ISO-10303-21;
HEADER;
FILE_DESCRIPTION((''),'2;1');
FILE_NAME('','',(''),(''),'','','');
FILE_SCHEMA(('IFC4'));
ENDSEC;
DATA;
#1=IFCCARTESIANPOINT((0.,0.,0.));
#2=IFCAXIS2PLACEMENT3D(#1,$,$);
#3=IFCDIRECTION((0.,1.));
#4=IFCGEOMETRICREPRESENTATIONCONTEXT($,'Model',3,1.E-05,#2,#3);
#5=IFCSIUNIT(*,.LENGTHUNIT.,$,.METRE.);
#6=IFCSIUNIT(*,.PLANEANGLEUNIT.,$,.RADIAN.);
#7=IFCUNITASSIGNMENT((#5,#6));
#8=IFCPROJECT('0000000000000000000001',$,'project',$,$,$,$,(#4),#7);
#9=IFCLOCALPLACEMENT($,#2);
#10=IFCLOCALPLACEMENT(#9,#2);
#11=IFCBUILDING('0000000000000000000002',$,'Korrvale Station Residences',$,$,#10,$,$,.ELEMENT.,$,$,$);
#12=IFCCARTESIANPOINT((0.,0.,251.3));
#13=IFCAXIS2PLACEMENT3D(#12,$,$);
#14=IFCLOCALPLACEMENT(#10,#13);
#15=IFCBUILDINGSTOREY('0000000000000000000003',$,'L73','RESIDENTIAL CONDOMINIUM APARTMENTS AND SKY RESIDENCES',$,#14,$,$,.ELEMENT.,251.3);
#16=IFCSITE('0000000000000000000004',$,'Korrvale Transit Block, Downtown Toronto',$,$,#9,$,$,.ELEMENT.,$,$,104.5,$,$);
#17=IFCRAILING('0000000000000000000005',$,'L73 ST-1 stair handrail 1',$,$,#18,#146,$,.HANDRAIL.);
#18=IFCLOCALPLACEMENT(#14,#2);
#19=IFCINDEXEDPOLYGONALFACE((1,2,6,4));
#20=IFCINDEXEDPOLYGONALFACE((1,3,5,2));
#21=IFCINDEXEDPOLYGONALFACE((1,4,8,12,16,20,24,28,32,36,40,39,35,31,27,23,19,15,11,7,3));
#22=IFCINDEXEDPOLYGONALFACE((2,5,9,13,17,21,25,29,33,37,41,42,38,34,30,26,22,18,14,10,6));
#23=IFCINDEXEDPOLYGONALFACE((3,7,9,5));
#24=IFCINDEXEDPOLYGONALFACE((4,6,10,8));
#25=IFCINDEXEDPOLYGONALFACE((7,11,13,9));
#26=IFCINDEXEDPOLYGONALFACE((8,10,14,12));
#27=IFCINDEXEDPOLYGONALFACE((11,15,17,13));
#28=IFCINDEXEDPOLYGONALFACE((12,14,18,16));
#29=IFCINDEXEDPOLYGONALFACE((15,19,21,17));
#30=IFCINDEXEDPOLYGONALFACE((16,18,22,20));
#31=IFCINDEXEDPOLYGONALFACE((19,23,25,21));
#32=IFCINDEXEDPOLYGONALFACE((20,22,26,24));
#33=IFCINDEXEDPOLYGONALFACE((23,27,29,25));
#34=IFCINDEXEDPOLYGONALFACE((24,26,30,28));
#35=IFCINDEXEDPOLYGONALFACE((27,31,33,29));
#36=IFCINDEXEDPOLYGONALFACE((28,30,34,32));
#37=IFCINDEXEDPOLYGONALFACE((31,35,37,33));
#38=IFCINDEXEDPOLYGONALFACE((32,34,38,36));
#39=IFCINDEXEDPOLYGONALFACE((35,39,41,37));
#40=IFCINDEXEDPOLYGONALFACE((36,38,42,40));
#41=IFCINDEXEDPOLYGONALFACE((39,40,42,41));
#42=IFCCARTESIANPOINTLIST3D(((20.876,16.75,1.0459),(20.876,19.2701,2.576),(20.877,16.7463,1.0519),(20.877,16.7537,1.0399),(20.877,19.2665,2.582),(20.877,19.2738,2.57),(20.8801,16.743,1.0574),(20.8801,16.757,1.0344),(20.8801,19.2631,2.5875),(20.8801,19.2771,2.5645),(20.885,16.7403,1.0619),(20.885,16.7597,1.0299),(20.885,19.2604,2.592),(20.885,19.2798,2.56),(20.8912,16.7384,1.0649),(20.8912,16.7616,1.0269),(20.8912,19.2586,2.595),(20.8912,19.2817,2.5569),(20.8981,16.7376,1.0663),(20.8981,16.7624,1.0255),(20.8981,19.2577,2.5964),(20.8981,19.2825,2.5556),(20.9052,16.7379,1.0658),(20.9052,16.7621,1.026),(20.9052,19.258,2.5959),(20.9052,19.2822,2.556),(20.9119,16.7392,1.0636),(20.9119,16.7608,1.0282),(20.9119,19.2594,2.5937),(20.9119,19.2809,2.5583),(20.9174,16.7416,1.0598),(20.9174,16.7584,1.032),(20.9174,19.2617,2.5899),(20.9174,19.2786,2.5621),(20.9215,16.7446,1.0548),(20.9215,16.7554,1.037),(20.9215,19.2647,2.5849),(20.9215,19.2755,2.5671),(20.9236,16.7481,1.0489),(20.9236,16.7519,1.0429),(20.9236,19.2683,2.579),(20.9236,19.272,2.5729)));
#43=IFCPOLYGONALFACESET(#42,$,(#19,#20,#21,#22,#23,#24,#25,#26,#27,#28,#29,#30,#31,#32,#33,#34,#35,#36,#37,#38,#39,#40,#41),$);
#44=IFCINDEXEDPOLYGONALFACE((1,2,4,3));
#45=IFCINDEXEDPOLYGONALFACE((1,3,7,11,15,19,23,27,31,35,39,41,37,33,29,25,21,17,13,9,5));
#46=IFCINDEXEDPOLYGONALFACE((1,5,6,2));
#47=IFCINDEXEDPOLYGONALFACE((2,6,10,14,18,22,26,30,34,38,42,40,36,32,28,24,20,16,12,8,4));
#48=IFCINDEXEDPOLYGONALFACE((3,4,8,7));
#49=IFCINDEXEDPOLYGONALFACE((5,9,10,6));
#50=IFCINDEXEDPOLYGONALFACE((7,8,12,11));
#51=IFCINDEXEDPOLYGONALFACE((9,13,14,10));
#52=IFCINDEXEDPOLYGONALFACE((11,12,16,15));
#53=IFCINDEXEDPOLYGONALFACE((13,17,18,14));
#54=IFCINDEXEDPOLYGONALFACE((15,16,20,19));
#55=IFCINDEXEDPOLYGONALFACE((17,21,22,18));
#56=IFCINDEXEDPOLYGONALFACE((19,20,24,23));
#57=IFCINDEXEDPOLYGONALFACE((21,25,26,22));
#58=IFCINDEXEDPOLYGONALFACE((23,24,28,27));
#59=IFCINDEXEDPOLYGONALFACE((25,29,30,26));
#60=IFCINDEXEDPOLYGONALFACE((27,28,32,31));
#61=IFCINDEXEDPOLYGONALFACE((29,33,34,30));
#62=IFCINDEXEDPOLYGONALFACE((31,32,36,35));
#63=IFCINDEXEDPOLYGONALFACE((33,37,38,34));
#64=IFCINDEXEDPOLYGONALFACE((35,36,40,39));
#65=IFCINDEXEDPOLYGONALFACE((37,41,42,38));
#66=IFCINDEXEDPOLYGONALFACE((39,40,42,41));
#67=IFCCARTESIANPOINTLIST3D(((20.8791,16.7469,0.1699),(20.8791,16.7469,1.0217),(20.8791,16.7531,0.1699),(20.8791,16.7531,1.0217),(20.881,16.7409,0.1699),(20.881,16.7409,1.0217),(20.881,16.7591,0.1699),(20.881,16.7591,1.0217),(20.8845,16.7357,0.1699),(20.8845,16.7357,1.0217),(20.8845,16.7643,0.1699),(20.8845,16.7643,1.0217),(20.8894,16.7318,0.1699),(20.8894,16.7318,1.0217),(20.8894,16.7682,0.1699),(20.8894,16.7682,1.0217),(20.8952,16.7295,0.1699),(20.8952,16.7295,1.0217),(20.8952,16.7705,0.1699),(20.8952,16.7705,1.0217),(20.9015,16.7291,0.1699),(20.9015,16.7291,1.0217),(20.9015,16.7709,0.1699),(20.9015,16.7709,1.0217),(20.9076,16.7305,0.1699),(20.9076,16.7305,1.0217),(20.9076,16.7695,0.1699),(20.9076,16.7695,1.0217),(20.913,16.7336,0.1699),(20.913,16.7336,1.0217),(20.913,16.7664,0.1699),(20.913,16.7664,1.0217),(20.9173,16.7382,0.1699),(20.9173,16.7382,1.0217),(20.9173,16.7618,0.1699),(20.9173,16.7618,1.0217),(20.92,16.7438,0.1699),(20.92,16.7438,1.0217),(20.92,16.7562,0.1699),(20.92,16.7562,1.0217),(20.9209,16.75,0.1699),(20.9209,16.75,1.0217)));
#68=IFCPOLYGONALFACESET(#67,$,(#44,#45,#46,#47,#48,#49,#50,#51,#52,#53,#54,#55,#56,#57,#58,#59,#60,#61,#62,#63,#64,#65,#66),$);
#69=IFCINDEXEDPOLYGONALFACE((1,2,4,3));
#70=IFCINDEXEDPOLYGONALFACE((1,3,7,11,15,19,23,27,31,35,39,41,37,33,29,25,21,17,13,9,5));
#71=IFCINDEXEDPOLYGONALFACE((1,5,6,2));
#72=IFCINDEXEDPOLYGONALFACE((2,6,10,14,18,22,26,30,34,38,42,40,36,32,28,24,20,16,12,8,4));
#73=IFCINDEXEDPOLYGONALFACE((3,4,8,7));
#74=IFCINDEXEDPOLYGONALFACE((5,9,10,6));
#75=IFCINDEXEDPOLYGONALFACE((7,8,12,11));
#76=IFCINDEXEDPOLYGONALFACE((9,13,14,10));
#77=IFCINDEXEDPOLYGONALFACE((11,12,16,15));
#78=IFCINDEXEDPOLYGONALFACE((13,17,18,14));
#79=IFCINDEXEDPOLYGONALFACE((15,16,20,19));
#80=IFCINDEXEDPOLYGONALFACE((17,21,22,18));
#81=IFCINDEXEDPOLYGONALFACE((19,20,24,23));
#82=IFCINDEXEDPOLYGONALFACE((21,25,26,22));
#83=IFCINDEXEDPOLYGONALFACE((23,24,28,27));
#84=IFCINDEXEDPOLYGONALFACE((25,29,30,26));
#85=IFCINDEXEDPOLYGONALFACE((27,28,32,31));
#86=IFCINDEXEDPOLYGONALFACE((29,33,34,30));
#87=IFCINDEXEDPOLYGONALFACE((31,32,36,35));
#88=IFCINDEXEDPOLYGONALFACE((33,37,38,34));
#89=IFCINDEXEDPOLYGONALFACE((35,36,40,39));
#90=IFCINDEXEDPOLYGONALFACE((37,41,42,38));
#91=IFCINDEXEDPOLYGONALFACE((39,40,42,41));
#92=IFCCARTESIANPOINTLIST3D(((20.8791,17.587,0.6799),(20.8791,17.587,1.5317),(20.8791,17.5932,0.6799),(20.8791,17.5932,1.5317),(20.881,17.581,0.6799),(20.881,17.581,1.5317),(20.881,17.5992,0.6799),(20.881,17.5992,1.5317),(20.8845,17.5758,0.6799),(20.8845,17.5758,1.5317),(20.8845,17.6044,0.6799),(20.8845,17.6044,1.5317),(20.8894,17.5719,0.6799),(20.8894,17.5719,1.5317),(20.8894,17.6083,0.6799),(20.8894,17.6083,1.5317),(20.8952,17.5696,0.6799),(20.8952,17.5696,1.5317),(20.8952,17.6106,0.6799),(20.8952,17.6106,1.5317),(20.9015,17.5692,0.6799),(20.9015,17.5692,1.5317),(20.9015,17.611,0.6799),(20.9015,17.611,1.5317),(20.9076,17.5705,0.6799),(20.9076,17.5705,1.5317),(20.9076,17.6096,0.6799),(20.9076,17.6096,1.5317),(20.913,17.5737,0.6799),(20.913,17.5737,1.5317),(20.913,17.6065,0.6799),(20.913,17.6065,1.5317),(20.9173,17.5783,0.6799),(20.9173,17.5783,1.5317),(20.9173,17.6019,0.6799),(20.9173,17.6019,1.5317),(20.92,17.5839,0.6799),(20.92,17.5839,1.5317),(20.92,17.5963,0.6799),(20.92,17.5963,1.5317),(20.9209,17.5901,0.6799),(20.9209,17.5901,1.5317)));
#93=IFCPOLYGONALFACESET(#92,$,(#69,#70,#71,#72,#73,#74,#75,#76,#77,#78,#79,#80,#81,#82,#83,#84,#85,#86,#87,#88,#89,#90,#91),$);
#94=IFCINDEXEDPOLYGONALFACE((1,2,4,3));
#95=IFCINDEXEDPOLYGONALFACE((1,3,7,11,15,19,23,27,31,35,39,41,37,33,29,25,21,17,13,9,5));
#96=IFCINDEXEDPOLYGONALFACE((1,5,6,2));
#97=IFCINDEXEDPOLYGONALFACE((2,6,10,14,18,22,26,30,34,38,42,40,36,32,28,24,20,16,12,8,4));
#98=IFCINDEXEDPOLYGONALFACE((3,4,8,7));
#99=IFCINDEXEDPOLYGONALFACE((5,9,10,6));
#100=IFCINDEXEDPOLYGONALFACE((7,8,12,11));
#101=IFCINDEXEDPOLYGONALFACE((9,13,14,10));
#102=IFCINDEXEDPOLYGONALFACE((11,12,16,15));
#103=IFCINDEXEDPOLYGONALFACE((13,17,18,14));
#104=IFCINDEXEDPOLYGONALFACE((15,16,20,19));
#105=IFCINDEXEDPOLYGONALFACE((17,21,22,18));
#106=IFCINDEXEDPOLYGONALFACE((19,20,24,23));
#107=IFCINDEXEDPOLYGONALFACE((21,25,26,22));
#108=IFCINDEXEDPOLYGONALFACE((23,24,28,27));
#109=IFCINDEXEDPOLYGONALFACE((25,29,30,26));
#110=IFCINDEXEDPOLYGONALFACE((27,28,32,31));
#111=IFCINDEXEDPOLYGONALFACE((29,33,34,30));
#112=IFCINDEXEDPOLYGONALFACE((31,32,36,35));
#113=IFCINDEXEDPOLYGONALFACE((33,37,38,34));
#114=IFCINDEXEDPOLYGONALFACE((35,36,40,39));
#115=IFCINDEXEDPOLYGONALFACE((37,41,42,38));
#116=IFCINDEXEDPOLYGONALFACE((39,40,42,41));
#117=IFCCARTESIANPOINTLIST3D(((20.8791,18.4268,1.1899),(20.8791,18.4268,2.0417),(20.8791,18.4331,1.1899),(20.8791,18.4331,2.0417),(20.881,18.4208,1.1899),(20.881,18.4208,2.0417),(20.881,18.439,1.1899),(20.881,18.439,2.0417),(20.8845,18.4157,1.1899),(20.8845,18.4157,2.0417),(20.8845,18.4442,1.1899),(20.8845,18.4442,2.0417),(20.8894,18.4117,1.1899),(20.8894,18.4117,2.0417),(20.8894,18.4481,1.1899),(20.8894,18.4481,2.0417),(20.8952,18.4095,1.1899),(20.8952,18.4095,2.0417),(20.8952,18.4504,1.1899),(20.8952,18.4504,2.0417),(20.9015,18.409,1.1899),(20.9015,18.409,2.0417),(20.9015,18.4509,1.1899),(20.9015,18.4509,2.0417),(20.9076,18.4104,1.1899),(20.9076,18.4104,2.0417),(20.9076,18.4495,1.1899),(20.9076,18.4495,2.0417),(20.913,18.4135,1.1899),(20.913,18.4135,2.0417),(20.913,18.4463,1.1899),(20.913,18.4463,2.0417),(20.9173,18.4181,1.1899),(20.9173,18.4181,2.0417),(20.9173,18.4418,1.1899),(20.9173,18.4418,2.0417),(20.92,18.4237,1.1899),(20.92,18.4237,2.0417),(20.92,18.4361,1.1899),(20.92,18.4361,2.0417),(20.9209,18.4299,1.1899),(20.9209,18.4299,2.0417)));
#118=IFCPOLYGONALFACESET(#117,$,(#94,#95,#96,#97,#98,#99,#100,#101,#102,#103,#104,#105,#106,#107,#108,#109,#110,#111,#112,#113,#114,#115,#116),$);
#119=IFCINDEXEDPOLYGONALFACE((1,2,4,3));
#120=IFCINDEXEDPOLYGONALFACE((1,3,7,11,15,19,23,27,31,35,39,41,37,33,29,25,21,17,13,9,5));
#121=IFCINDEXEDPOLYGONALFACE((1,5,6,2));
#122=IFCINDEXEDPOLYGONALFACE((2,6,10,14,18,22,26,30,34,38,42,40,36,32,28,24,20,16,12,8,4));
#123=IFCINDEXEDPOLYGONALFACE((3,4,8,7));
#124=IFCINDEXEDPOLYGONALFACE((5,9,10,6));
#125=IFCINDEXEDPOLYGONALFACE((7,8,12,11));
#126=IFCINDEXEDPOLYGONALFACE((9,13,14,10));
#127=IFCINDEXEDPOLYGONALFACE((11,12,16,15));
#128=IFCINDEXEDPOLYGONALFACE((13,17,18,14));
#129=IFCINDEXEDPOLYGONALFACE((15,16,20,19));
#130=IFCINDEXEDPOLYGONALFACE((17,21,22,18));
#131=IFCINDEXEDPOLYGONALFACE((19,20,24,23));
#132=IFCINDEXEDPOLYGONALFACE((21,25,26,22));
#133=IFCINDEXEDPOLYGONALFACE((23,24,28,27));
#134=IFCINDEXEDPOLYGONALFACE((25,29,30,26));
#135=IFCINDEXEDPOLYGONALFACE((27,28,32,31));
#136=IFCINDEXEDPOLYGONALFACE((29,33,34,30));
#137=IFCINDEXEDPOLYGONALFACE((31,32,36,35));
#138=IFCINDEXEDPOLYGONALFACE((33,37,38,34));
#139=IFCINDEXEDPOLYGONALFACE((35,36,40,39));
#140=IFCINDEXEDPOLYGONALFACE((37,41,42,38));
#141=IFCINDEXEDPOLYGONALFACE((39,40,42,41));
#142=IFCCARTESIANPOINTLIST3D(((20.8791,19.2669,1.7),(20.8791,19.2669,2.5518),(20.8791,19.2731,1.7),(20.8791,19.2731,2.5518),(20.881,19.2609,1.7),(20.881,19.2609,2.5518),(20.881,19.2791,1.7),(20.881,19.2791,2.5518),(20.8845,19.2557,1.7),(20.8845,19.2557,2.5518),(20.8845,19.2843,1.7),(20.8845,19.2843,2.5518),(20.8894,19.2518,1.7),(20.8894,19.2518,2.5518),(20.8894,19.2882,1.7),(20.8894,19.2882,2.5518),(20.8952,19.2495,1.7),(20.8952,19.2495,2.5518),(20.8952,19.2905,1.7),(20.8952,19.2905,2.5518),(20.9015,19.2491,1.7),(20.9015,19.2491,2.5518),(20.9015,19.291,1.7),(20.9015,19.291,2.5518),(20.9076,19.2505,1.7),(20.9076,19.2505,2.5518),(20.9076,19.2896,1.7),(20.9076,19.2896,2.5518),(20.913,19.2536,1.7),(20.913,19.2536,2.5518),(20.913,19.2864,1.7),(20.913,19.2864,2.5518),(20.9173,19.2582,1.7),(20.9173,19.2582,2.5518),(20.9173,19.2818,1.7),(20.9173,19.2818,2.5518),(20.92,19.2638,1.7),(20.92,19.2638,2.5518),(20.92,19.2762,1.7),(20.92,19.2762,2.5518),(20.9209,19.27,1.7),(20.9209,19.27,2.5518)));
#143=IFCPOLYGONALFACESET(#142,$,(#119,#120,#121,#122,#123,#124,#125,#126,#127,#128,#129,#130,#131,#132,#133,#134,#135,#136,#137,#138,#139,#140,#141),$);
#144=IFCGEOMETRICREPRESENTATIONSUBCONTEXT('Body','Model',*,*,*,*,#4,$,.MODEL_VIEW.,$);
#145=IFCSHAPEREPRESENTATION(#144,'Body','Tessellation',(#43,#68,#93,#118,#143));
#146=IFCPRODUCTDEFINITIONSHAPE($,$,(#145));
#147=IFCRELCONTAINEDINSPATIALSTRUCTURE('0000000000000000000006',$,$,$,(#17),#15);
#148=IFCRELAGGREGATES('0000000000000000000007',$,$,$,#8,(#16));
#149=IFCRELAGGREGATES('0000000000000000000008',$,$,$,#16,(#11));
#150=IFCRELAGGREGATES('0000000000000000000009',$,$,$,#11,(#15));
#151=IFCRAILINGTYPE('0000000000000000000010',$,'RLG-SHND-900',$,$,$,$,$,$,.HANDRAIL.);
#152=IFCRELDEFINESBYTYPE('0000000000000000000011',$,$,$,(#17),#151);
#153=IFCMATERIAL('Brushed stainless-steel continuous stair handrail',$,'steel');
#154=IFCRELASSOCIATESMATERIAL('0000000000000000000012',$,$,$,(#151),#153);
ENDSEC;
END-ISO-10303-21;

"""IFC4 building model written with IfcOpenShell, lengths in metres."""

from ifc_helpers import new_model, si_unit, direction, frame, origin, origin_2d, place, context, subcontext, project, spatial, circle, extrude, material, type_object, element, save


model = new_model("IFC4")

# Units and contexts
model_context = context("Model", 3, precision=1e-05, world=origin(), true_north=direction((0.0, 1.0)))
body_context = subcontext(model_context, "Body", "Model", "MODEL_VIEW")
ifc_project = project(units=[si_unit("LENGTHUNIT", "METRE"), si_unit("PLANEANGLEUNIT", "RADIAN")], contexts=[model_context])

# Site, building, storey
site_placement = place(None, origin())
site = spatial("IfcSite", under=ifc_project, at=site_placement, Name="Korrvale Transit Block, Downtown Toronto", CompositionType="ELEMENT", RefElevation=104.5)
building_placement = place(site_placement, origin())
building = spatial("IfcBuilding", under=site, at=building_placement, Name="Korrvale Station Residences", CompositionType="ELEMENT")
storey_placement = place(building_placement, frame((0.0, 0.0, 251.3)))
storey = spatial("IfcBuildingStorey", under=building, at=storey_placement, Name="L73", Description="RESIDENTIAL CONDOMINIUM APARTMENTS AND SKY RESIDENCES", CompositionType="ELEMENT", Elevation=251.3)

# Railing
ifc_material_1 = material(Name="Brushed stainless-steel continuous stair handrail", Category="steel")
railing_type_1 = type_object("IfcRailingType", Name="RLG-SHND-900", PredefinedType="HANDRAIL", material=ifc_material_1)
railing_1_placement = place(storey_placement, frame((20.8999, 16.75, 0.1699)))
element("IfcRailing", 1, at=railing_1_placement, inside=storey, type_object=railing_type_1, Name="L73 ST-1 stair handrail 1", PredefinedType="HANDRAIL", context=body_context, shape_type="SweptSolid", body=[
    extrude(circle(Radius=0.0239, at=origin_2d()), frame((0.0, 0.0, 0.876), z_axis=(0.0, 0.854785, 0.518982), x_axis=(-1.0, 0.0, 0.0)), (0.0, 0.0, 1.0), 2.9482),
    extrude(circle(Radius=0.021, at=origin_2d()), origin(), (0.0, 0.0, 1.0), 0.8518),
    extrude(circle(Radius=0.021, at=origin_2d()), frame((0.0, 0.8401, 0.51)), (0.0, 0.0, 1.0), 0.8518),
    extrude(circle(Radius=0.021, at=origin_2d()), frame((0.0, 1.6799, 1.02)), (0.0, 0.0, 1.0), 0.8518),
    extrude(circle(Radius=0.021, at=origin_2d()), frame((0.0, 2.52, 1.53)), (0.0, 0.0, 1.0), 0.8518),
])

save(model, "model.ifc")
